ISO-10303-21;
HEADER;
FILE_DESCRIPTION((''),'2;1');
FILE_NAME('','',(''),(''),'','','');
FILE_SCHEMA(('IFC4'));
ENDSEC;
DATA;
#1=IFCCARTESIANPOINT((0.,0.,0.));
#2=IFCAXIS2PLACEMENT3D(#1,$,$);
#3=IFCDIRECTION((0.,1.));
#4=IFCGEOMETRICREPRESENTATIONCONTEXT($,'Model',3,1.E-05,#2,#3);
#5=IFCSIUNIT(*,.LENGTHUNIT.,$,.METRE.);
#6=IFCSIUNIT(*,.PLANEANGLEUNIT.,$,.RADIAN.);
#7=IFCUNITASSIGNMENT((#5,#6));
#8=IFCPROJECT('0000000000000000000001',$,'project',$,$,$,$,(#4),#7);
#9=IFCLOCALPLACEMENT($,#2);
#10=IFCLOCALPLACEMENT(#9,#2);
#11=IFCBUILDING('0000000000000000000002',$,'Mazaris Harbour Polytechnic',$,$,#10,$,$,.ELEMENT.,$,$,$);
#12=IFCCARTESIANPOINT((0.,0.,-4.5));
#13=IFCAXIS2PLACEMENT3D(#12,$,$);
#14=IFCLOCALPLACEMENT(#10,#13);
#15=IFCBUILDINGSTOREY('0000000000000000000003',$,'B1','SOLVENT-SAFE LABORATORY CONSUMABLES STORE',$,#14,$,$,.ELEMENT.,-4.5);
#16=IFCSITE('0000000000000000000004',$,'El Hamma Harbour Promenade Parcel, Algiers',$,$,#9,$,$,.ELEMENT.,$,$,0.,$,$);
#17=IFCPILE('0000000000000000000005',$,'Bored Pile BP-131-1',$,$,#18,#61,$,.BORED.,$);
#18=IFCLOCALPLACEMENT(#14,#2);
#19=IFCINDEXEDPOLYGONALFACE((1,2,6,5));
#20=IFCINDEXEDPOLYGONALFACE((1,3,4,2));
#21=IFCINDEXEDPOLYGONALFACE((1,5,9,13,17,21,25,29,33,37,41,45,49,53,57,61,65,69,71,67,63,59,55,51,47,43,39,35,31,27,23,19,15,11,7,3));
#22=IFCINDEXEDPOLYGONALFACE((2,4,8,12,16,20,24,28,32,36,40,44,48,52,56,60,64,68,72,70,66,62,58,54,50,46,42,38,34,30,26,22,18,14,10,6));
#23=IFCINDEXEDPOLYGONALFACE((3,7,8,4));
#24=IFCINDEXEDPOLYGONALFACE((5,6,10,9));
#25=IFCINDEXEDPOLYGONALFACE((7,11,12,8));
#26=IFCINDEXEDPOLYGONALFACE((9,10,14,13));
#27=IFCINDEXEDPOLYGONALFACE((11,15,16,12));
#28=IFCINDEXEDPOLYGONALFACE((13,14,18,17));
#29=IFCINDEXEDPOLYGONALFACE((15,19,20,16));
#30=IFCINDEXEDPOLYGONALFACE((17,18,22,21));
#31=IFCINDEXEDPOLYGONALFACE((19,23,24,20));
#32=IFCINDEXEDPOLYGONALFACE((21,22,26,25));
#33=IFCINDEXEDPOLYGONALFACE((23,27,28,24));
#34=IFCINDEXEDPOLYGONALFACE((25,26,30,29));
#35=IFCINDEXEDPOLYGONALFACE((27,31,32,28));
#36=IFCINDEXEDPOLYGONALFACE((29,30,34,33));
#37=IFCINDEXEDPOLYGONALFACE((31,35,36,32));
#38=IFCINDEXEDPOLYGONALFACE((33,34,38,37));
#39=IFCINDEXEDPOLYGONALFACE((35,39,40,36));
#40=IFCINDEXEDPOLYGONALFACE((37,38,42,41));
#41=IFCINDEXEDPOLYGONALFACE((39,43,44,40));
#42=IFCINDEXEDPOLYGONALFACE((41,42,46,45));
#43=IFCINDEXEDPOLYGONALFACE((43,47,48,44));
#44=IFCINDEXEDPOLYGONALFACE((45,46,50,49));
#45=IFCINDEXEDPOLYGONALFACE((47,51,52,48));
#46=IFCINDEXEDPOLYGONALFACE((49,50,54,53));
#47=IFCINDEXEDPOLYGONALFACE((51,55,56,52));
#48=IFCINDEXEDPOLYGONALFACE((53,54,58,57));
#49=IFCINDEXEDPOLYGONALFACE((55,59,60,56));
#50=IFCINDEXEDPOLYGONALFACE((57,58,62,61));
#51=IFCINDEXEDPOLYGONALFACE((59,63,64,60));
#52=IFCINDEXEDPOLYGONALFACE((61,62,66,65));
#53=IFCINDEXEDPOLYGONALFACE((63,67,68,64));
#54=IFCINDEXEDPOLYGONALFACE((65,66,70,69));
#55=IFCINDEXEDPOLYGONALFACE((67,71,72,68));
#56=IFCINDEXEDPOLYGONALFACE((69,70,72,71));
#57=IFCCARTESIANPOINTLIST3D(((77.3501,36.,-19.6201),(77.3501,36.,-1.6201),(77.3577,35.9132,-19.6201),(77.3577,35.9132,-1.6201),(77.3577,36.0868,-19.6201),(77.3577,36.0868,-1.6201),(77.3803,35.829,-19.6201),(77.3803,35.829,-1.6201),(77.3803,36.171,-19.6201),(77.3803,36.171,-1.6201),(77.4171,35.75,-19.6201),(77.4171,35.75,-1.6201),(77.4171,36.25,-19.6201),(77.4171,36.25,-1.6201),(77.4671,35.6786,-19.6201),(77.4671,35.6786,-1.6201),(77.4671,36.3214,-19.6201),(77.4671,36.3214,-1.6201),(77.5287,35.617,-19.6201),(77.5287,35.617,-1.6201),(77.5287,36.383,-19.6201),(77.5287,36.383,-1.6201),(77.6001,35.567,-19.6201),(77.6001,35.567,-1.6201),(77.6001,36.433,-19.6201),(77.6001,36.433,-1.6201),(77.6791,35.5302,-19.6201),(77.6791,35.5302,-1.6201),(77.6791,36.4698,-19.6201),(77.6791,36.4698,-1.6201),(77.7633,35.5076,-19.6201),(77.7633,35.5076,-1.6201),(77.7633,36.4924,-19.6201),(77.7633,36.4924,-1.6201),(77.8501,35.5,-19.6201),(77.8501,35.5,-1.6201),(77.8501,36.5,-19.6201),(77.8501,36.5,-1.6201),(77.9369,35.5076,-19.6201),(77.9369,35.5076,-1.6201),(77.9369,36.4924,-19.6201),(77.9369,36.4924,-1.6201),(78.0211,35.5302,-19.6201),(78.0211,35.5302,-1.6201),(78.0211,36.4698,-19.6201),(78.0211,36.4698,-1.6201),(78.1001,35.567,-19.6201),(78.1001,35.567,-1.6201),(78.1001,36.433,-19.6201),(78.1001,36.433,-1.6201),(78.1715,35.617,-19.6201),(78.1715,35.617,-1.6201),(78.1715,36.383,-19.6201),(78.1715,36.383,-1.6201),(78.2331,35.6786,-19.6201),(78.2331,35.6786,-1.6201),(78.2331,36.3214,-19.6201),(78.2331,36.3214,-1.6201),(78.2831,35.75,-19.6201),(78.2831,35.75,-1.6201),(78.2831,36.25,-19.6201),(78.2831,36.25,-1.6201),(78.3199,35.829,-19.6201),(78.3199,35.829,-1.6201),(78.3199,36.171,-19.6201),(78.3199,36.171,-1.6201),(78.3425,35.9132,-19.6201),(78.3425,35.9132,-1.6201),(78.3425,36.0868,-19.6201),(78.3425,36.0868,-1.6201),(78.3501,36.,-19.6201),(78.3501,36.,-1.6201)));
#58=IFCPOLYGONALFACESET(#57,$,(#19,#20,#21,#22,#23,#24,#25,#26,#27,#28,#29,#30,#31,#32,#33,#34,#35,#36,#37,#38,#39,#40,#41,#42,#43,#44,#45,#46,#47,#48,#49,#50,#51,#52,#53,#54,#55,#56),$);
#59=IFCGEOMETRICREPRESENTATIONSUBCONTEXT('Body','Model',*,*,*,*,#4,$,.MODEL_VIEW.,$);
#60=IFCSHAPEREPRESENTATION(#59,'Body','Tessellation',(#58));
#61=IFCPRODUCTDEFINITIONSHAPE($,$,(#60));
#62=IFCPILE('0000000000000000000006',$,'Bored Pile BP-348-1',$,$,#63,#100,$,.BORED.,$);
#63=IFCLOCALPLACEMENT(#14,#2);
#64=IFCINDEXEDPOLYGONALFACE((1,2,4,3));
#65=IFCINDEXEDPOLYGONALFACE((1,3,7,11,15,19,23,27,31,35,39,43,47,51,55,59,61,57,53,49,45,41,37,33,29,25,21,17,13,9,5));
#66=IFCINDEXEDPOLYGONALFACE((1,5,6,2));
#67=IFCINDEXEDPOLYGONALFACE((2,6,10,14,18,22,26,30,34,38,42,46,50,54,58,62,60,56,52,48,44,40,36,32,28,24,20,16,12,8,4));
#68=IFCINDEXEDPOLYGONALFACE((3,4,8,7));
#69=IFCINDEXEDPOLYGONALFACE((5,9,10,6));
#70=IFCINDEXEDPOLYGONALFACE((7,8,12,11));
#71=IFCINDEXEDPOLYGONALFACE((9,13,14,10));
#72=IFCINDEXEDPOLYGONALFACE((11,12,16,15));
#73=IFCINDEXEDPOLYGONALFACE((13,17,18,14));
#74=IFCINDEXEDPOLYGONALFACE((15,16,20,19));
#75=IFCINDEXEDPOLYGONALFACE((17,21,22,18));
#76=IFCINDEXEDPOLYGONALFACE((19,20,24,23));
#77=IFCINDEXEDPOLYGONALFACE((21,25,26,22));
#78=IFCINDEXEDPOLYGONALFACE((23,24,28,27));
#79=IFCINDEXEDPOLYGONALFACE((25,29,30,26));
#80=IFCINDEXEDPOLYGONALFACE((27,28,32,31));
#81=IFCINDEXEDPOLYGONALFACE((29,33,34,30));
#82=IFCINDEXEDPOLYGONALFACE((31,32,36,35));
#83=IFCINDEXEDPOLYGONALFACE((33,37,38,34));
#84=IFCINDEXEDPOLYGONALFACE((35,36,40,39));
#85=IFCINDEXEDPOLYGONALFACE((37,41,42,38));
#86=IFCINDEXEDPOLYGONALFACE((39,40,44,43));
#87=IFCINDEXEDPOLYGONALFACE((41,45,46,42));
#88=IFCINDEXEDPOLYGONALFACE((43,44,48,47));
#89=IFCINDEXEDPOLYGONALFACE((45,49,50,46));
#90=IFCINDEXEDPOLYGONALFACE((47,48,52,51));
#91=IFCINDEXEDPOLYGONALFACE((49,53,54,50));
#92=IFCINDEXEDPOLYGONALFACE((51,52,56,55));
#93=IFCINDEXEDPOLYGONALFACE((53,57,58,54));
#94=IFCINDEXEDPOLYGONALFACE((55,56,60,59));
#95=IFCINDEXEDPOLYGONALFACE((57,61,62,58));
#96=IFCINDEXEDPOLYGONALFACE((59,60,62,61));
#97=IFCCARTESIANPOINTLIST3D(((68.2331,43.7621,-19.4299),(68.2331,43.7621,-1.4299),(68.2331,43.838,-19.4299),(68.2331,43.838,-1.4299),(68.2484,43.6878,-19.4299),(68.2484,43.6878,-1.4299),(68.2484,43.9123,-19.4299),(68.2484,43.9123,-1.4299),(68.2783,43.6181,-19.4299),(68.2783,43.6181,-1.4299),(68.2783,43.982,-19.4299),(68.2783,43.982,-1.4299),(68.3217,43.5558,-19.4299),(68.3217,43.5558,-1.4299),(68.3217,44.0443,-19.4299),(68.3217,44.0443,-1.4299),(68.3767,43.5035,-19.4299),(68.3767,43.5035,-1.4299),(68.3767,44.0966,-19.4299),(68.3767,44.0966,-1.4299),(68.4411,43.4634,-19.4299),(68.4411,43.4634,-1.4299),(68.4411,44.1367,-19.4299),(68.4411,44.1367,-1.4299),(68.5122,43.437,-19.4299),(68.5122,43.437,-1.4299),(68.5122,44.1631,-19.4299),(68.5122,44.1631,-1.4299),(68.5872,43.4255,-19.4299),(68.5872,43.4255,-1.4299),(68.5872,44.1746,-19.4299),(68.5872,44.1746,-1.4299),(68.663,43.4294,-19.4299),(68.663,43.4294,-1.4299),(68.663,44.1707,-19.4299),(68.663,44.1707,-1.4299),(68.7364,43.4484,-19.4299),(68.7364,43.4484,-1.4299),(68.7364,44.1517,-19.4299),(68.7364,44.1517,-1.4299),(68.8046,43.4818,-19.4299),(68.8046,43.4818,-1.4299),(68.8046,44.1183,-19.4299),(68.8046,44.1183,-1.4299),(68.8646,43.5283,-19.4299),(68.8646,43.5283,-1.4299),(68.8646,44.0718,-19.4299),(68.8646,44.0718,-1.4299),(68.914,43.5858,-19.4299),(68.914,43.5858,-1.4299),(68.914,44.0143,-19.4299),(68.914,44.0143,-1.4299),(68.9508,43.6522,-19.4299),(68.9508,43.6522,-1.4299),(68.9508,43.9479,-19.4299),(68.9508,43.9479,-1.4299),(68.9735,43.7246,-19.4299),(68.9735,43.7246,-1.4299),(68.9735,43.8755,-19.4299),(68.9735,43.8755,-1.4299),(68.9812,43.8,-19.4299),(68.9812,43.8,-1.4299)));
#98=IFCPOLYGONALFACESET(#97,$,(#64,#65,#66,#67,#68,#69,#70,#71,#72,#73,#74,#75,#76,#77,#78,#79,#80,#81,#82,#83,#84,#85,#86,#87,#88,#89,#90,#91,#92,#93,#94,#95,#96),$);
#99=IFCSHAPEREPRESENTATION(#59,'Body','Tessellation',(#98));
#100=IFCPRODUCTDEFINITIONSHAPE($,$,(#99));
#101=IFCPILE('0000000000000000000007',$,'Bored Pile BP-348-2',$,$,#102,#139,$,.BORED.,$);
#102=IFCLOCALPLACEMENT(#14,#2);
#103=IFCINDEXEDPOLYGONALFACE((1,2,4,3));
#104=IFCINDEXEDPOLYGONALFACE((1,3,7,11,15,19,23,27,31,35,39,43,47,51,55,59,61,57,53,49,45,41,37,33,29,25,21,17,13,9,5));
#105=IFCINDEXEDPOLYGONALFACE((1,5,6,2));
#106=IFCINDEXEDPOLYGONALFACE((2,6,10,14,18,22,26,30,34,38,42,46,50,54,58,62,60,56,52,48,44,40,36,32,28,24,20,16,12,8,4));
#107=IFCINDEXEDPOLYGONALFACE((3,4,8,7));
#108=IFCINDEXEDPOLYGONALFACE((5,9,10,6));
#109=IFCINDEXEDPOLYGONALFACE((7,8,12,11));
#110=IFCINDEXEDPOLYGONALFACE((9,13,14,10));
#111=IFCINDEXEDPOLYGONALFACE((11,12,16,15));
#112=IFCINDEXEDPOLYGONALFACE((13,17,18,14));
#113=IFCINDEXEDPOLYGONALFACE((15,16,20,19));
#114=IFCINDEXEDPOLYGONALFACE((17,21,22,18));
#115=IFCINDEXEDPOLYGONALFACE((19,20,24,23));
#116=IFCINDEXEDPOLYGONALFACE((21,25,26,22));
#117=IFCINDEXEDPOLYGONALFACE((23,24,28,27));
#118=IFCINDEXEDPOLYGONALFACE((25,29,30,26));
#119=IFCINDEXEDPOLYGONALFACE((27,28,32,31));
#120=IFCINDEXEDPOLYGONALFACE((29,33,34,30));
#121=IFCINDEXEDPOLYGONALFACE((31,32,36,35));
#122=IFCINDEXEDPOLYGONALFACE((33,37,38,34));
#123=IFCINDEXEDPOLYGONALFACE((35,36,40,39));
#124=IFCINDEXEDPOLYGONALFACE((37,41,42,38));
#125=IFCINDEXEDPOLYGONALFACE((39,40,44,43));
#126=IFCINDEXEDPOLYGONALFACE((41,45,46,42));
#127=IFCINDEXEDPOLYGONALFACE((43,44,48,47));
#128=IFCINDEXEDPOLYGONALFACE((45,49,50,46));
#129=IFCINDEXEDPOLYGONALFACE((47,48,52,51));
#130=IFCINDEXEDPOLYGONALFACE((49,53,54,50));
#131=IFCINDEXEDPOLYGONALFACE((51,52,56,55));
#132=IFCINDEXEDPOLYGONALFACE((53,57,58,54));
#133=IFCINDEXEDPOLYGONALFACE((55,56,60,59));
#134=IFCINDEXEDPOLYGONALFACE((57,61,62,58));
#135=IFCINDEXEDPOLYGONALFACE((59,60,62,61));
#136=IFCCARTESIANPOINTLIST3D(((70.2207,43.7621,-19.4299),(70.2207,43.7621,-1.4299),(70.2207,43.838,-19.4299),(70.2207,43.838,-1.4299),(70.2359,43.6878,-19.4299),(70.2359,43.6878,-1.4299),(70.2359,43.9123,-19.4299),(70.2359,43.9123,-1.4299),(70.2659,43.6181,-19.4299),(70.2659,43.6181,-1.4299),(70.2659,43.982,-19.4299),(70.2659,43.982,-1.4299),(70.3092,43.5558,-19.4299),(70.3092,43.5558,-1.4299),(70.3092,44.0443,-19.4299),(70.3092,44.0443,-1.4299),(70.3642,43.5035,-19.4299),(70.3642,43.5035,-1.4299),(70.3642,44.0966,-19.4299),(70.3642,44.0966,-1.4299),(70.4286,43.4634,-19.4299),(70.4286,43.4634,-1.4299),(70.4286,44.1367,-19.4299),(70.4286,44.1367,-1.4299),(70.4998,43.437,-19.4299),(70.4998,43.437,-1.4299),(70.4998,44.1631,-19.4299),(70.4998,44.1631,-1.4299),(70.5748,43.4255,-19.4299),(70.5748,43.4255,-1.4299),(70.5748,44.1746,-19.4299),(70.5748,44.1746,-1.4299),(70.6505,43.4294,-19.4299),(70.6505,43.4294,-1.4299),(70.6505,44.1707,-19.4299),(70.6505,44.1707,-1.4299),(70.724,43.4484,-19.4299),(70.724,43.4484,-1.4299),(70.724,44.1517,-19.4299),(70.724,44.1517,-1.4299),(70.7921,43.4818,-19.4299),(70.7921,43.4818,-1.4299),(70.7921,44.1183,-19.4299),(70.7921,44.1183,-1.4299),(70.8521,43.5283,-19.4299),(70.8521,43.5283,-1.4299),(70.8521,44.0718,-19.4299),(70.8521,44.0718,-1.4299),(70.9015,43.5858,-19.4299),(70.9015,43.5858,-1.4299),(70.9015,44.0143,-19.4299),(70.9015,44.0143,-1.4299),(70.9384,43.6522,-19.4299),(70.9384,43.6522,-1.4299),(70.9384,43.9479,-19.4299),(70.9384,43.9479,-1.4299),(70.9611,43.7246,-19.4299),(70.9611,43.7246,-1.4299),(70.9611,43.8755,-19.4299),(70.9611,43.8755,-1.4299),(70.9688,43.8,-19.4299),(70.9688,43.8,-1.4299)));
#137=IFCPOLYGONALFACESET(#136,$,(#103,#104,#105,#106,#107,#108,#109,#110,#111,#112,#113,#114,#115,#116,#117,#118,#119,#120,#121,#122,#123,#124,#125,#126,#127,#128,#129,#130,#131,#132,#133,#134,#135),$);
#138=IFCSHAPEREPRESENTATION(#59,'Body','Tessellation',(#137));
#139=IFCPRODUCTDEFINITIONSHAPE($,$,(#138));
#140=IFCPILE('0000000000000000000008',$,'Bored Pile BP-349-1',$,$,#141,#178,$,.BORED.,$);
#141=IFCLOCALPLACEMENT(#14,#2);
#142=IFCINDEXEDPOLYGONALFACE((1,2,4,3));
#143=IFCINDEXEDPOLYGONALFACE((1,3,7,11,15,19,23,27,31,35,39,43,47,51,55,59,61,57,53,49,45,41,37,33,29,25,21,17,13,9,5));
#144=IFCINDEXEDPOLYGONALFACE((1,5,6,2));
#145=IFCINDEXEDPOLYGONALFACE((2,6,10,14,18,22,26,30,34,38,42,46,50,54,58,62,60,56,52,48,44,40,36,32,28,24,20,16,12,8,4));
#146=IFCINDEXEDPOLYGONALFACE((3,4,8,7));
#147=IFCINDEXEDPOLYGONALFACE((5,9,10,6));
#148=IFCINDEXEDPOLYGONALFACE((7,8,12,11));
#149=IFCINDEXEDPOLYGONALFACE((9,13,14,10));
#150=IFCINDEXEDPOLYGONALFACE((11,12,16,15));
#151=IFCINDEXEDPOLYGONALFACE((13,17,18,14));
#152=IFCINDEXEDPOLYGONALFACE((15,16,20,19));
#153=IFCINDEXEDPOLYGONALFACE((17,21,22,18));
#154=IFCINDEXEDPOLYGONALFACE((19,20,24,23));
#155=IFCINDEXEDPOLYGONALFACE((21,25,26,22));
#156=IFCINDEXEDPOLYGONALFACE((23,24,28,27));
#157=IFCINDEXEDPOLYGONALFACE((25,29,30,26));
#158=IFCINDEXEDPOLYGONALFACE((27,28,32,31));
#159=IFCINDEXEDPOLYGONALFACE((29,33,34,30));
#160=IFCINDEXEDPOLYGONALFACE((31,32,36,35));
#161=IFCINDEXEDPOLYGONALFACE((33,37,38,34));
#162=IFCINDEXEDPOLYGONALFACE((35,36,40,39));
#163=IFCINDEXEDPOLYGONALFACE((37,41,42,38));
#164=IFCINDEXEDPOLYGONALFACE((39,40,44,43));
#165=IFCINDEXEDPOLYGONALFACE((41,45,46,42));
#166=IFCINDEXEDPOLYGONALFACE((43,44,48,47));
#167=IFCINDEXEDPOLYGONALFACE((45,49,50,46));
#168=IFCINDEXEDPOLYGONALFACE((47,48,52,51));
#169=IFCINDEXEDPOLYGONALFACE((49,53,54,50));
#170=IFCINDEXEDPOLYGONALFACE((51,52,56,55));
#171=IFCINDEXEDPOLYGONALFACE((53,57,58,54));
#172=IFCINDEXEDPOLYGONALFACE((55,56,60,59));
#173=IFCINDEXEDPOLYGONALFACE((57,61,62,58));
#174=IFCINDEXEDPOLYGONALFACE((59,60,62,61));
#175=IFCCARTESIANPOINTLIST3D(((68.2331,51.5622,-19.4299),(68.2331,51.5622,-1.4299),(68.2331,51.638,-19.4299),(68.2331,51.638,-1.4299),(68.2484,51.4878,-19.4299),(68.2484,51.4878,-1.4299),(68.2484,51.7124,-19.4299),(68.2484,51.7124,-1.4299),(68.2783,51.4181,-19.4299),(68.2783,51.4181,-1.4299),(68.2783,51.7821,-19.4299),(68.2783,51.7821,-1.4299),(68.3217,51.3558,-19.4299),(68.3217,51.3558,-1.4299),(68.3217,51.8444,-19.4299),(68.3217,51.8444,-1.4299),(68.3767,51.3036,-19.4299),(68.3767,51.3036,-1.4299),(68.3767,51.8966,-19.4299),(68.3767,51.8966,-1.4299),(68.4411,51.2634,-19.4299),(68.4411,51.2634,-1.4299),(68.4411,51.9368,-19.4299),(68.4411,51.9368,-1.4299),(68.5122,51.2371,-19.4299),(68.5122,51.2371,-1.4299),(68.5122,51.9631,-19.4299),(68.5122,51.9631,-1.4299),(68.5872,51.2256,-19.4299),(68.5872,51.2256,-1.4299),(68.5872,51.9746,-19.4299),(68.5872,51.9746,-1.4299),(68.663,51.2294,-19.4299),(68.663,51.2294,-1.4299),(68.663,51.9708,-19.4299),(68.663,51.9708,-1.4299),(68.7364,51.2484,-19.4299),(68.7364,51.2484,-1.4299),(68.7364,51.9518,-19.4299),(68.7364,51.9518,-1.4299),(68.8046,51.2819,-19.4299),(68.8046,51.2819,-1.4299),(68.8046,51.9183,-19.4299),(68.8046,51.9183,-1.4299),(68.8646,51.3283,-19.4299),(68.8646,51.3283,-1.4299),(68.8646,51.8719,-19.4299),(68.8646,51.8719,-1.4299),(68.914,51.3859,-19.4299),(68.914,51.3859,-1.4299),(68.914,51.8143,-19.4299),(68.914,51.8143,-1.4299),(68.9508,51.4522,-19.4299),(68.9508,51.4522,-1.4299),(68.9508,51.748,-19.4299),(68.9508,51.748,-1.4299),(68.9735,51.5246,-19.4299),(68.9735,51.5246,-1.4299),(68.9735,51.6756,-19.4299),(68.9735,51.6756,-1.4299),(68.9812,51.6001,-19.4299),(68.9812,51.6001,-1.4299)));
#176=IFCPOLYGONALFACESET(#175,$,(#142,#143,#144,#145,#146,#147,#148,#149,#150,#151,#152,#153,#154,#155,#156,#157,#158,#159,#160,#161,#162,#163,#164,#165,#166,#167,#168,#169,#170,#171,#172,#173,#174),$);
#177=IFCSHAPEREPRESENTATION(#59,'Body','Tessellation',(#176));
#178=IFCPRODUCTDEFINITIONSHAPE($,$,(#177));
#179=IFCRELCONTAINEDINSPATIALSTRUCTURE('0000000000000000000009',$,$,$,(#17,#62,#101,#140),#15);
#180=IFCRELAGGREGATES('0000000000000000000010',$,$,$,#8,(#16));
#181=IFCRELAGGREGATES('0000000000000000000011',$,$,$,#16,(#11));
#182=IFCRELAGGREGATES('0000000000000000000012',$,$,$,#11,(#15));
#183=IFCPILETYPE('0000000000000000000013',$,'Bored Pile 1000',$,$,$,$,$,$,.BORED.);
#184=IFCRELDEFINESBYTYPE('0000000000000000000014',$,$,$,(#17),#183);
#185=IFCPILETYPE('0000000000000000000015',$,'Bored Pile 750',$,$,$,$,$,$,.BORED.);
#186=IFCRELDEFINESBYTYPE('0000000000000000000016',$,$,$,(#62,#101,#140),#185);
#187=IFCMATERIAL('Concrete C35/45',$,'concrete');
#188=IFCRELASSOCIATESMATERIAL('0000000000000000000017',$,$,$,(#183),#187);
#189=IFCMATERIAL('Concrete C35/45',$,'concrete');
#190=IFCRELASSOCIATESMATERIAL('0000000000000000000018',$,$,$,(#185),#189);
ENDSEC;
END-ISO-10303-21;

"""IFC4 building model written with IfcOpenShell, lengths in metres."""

from ifc_helpers import new_model, si_unit, direction, frame, origin, origin_2d, place, context, subcontext, project, spatial, circle, extrude, material, material_profile, profile_set, type_object, element, save


model = new_model("IFC4")

# Units and contexts
model_context = context("Model", 3, precision=1e-05, world=origin(), true_north=direction((0.0, 1.0)))
body_context = subcontext(model_context, "Body", "Model", "MODEL_VIEW")
ifc_project = project(units=[si_unit("LENGTHUNIT", "METRE"), si_unit("PLANEANGLEUNIT", "RADIAN")], contexts=[model_context])

# Site, building, storey
site_placement = place(None, origin())
site = spatial("IfcSite", under=ifc_project, at=site_placement, Name="El Hamma Harbour Promenade Parcel, Algiers", CompositionType="ELEMENT", RefElevation=0.0)
building_placement = place(site_placement, origin())
building = spatial("IfcBuilding", under=site, at=building_placement, Name="Mazaris Harbour Polytechnic", CompositionType="ELEMENT")
storey_placement = place(building_placement, frame((0.0, 0.0, -4.5)))
storey = spatial("IfcBuildingStorey", under=building, at=storey_placement, Name="B1", Description="SOLVENT-SAFE LABORATORY CONSUMABLES STORE", CompositionType="ELEMENT", Elevation=-4.5)

# Piles
ifc_material_1 = material(Name="Concrete C35/45", Category="concrete")
ifc_material_profile_1 = material_profile(ifc_material_1, circle(Radius=0.5, at=origin_2d()), Name="DIA1000")
ifc_profile_set_1 = profile_set([ifc_material_profile_1], Name="Concrete C35/45")
pile_type_1 = type_object("IfcPileType", Name="Bored Pile 1000", PredefinedType="BORED", material=ifc_profile_set_1)
pile_1_placement = place(storey_placement, frame((77.8501, 36.0, -1.6201), z_axis=(0.0, 0.0, -1.0), x_axis=(1.0, 0.0, 0.0)))
element("IfcPile", 1, at=pile_1_placement, inside=storey, type_object=pile_type_1, Name="Bored Pile BP-131-1", PredefinedType="BORED", context=body_context, shape_type="SweptSolid", body=[
    extrude(circle(Radius=0.5, at=origin_2d()), origin(), (0.0, 0.0, 1.0), 18.0),
])
ifc_material_2 = material(Name="Concrete C35/45", Category="concrete")
ifc_material_profile_2 = material_profile(ifc_material_2, circle(Radius=0.375, at=origin_2d()), Name="DIA750")
ifc_profile_set_2 = profile_set([ifc_material_profile_2], Name="Concrete C35/45")
pile_type_2 = type_object("IfcPileType", Name="Bored Pile 750", PredefinedType="BORED", material=ifc_profile_set_2)
for number, where, z_axis, x_axis, name in (
    (2, (68.6062, 43.8, -1.4299), (0.0, 0.0, -1.0), (1.0, 0.0, 0.0), "Bored Pile BP-348-1"),
    (3, (70.5938, 43.8, -1.4299), (0.0, 0.0, -1.0), (1.0, 0.0, 0.0), "Bored Pile BP-348-2"),
    (4, (68.6062, 51.6001, -1.4299), (0.0, 0.0, -1.0), (1.0, 0.0, 0.0), "Bored Pile BP-349-1"),
):
    element("IfcPile", number, at=place(storey_placement, frame(where, z_axis=z_axis, x_axis=x_axis)), inside=storey, type_object=pile_type_2, Name=name, PredefinedType="BORED", context=body_context, shape_type="SweptSolid", body=[
        extrude(circle(Radius=0.375, at=origin_2d()), origin(), (0.0, 0.0, 1.0), 18.0),
    ])

save(model, "model.ifc")
